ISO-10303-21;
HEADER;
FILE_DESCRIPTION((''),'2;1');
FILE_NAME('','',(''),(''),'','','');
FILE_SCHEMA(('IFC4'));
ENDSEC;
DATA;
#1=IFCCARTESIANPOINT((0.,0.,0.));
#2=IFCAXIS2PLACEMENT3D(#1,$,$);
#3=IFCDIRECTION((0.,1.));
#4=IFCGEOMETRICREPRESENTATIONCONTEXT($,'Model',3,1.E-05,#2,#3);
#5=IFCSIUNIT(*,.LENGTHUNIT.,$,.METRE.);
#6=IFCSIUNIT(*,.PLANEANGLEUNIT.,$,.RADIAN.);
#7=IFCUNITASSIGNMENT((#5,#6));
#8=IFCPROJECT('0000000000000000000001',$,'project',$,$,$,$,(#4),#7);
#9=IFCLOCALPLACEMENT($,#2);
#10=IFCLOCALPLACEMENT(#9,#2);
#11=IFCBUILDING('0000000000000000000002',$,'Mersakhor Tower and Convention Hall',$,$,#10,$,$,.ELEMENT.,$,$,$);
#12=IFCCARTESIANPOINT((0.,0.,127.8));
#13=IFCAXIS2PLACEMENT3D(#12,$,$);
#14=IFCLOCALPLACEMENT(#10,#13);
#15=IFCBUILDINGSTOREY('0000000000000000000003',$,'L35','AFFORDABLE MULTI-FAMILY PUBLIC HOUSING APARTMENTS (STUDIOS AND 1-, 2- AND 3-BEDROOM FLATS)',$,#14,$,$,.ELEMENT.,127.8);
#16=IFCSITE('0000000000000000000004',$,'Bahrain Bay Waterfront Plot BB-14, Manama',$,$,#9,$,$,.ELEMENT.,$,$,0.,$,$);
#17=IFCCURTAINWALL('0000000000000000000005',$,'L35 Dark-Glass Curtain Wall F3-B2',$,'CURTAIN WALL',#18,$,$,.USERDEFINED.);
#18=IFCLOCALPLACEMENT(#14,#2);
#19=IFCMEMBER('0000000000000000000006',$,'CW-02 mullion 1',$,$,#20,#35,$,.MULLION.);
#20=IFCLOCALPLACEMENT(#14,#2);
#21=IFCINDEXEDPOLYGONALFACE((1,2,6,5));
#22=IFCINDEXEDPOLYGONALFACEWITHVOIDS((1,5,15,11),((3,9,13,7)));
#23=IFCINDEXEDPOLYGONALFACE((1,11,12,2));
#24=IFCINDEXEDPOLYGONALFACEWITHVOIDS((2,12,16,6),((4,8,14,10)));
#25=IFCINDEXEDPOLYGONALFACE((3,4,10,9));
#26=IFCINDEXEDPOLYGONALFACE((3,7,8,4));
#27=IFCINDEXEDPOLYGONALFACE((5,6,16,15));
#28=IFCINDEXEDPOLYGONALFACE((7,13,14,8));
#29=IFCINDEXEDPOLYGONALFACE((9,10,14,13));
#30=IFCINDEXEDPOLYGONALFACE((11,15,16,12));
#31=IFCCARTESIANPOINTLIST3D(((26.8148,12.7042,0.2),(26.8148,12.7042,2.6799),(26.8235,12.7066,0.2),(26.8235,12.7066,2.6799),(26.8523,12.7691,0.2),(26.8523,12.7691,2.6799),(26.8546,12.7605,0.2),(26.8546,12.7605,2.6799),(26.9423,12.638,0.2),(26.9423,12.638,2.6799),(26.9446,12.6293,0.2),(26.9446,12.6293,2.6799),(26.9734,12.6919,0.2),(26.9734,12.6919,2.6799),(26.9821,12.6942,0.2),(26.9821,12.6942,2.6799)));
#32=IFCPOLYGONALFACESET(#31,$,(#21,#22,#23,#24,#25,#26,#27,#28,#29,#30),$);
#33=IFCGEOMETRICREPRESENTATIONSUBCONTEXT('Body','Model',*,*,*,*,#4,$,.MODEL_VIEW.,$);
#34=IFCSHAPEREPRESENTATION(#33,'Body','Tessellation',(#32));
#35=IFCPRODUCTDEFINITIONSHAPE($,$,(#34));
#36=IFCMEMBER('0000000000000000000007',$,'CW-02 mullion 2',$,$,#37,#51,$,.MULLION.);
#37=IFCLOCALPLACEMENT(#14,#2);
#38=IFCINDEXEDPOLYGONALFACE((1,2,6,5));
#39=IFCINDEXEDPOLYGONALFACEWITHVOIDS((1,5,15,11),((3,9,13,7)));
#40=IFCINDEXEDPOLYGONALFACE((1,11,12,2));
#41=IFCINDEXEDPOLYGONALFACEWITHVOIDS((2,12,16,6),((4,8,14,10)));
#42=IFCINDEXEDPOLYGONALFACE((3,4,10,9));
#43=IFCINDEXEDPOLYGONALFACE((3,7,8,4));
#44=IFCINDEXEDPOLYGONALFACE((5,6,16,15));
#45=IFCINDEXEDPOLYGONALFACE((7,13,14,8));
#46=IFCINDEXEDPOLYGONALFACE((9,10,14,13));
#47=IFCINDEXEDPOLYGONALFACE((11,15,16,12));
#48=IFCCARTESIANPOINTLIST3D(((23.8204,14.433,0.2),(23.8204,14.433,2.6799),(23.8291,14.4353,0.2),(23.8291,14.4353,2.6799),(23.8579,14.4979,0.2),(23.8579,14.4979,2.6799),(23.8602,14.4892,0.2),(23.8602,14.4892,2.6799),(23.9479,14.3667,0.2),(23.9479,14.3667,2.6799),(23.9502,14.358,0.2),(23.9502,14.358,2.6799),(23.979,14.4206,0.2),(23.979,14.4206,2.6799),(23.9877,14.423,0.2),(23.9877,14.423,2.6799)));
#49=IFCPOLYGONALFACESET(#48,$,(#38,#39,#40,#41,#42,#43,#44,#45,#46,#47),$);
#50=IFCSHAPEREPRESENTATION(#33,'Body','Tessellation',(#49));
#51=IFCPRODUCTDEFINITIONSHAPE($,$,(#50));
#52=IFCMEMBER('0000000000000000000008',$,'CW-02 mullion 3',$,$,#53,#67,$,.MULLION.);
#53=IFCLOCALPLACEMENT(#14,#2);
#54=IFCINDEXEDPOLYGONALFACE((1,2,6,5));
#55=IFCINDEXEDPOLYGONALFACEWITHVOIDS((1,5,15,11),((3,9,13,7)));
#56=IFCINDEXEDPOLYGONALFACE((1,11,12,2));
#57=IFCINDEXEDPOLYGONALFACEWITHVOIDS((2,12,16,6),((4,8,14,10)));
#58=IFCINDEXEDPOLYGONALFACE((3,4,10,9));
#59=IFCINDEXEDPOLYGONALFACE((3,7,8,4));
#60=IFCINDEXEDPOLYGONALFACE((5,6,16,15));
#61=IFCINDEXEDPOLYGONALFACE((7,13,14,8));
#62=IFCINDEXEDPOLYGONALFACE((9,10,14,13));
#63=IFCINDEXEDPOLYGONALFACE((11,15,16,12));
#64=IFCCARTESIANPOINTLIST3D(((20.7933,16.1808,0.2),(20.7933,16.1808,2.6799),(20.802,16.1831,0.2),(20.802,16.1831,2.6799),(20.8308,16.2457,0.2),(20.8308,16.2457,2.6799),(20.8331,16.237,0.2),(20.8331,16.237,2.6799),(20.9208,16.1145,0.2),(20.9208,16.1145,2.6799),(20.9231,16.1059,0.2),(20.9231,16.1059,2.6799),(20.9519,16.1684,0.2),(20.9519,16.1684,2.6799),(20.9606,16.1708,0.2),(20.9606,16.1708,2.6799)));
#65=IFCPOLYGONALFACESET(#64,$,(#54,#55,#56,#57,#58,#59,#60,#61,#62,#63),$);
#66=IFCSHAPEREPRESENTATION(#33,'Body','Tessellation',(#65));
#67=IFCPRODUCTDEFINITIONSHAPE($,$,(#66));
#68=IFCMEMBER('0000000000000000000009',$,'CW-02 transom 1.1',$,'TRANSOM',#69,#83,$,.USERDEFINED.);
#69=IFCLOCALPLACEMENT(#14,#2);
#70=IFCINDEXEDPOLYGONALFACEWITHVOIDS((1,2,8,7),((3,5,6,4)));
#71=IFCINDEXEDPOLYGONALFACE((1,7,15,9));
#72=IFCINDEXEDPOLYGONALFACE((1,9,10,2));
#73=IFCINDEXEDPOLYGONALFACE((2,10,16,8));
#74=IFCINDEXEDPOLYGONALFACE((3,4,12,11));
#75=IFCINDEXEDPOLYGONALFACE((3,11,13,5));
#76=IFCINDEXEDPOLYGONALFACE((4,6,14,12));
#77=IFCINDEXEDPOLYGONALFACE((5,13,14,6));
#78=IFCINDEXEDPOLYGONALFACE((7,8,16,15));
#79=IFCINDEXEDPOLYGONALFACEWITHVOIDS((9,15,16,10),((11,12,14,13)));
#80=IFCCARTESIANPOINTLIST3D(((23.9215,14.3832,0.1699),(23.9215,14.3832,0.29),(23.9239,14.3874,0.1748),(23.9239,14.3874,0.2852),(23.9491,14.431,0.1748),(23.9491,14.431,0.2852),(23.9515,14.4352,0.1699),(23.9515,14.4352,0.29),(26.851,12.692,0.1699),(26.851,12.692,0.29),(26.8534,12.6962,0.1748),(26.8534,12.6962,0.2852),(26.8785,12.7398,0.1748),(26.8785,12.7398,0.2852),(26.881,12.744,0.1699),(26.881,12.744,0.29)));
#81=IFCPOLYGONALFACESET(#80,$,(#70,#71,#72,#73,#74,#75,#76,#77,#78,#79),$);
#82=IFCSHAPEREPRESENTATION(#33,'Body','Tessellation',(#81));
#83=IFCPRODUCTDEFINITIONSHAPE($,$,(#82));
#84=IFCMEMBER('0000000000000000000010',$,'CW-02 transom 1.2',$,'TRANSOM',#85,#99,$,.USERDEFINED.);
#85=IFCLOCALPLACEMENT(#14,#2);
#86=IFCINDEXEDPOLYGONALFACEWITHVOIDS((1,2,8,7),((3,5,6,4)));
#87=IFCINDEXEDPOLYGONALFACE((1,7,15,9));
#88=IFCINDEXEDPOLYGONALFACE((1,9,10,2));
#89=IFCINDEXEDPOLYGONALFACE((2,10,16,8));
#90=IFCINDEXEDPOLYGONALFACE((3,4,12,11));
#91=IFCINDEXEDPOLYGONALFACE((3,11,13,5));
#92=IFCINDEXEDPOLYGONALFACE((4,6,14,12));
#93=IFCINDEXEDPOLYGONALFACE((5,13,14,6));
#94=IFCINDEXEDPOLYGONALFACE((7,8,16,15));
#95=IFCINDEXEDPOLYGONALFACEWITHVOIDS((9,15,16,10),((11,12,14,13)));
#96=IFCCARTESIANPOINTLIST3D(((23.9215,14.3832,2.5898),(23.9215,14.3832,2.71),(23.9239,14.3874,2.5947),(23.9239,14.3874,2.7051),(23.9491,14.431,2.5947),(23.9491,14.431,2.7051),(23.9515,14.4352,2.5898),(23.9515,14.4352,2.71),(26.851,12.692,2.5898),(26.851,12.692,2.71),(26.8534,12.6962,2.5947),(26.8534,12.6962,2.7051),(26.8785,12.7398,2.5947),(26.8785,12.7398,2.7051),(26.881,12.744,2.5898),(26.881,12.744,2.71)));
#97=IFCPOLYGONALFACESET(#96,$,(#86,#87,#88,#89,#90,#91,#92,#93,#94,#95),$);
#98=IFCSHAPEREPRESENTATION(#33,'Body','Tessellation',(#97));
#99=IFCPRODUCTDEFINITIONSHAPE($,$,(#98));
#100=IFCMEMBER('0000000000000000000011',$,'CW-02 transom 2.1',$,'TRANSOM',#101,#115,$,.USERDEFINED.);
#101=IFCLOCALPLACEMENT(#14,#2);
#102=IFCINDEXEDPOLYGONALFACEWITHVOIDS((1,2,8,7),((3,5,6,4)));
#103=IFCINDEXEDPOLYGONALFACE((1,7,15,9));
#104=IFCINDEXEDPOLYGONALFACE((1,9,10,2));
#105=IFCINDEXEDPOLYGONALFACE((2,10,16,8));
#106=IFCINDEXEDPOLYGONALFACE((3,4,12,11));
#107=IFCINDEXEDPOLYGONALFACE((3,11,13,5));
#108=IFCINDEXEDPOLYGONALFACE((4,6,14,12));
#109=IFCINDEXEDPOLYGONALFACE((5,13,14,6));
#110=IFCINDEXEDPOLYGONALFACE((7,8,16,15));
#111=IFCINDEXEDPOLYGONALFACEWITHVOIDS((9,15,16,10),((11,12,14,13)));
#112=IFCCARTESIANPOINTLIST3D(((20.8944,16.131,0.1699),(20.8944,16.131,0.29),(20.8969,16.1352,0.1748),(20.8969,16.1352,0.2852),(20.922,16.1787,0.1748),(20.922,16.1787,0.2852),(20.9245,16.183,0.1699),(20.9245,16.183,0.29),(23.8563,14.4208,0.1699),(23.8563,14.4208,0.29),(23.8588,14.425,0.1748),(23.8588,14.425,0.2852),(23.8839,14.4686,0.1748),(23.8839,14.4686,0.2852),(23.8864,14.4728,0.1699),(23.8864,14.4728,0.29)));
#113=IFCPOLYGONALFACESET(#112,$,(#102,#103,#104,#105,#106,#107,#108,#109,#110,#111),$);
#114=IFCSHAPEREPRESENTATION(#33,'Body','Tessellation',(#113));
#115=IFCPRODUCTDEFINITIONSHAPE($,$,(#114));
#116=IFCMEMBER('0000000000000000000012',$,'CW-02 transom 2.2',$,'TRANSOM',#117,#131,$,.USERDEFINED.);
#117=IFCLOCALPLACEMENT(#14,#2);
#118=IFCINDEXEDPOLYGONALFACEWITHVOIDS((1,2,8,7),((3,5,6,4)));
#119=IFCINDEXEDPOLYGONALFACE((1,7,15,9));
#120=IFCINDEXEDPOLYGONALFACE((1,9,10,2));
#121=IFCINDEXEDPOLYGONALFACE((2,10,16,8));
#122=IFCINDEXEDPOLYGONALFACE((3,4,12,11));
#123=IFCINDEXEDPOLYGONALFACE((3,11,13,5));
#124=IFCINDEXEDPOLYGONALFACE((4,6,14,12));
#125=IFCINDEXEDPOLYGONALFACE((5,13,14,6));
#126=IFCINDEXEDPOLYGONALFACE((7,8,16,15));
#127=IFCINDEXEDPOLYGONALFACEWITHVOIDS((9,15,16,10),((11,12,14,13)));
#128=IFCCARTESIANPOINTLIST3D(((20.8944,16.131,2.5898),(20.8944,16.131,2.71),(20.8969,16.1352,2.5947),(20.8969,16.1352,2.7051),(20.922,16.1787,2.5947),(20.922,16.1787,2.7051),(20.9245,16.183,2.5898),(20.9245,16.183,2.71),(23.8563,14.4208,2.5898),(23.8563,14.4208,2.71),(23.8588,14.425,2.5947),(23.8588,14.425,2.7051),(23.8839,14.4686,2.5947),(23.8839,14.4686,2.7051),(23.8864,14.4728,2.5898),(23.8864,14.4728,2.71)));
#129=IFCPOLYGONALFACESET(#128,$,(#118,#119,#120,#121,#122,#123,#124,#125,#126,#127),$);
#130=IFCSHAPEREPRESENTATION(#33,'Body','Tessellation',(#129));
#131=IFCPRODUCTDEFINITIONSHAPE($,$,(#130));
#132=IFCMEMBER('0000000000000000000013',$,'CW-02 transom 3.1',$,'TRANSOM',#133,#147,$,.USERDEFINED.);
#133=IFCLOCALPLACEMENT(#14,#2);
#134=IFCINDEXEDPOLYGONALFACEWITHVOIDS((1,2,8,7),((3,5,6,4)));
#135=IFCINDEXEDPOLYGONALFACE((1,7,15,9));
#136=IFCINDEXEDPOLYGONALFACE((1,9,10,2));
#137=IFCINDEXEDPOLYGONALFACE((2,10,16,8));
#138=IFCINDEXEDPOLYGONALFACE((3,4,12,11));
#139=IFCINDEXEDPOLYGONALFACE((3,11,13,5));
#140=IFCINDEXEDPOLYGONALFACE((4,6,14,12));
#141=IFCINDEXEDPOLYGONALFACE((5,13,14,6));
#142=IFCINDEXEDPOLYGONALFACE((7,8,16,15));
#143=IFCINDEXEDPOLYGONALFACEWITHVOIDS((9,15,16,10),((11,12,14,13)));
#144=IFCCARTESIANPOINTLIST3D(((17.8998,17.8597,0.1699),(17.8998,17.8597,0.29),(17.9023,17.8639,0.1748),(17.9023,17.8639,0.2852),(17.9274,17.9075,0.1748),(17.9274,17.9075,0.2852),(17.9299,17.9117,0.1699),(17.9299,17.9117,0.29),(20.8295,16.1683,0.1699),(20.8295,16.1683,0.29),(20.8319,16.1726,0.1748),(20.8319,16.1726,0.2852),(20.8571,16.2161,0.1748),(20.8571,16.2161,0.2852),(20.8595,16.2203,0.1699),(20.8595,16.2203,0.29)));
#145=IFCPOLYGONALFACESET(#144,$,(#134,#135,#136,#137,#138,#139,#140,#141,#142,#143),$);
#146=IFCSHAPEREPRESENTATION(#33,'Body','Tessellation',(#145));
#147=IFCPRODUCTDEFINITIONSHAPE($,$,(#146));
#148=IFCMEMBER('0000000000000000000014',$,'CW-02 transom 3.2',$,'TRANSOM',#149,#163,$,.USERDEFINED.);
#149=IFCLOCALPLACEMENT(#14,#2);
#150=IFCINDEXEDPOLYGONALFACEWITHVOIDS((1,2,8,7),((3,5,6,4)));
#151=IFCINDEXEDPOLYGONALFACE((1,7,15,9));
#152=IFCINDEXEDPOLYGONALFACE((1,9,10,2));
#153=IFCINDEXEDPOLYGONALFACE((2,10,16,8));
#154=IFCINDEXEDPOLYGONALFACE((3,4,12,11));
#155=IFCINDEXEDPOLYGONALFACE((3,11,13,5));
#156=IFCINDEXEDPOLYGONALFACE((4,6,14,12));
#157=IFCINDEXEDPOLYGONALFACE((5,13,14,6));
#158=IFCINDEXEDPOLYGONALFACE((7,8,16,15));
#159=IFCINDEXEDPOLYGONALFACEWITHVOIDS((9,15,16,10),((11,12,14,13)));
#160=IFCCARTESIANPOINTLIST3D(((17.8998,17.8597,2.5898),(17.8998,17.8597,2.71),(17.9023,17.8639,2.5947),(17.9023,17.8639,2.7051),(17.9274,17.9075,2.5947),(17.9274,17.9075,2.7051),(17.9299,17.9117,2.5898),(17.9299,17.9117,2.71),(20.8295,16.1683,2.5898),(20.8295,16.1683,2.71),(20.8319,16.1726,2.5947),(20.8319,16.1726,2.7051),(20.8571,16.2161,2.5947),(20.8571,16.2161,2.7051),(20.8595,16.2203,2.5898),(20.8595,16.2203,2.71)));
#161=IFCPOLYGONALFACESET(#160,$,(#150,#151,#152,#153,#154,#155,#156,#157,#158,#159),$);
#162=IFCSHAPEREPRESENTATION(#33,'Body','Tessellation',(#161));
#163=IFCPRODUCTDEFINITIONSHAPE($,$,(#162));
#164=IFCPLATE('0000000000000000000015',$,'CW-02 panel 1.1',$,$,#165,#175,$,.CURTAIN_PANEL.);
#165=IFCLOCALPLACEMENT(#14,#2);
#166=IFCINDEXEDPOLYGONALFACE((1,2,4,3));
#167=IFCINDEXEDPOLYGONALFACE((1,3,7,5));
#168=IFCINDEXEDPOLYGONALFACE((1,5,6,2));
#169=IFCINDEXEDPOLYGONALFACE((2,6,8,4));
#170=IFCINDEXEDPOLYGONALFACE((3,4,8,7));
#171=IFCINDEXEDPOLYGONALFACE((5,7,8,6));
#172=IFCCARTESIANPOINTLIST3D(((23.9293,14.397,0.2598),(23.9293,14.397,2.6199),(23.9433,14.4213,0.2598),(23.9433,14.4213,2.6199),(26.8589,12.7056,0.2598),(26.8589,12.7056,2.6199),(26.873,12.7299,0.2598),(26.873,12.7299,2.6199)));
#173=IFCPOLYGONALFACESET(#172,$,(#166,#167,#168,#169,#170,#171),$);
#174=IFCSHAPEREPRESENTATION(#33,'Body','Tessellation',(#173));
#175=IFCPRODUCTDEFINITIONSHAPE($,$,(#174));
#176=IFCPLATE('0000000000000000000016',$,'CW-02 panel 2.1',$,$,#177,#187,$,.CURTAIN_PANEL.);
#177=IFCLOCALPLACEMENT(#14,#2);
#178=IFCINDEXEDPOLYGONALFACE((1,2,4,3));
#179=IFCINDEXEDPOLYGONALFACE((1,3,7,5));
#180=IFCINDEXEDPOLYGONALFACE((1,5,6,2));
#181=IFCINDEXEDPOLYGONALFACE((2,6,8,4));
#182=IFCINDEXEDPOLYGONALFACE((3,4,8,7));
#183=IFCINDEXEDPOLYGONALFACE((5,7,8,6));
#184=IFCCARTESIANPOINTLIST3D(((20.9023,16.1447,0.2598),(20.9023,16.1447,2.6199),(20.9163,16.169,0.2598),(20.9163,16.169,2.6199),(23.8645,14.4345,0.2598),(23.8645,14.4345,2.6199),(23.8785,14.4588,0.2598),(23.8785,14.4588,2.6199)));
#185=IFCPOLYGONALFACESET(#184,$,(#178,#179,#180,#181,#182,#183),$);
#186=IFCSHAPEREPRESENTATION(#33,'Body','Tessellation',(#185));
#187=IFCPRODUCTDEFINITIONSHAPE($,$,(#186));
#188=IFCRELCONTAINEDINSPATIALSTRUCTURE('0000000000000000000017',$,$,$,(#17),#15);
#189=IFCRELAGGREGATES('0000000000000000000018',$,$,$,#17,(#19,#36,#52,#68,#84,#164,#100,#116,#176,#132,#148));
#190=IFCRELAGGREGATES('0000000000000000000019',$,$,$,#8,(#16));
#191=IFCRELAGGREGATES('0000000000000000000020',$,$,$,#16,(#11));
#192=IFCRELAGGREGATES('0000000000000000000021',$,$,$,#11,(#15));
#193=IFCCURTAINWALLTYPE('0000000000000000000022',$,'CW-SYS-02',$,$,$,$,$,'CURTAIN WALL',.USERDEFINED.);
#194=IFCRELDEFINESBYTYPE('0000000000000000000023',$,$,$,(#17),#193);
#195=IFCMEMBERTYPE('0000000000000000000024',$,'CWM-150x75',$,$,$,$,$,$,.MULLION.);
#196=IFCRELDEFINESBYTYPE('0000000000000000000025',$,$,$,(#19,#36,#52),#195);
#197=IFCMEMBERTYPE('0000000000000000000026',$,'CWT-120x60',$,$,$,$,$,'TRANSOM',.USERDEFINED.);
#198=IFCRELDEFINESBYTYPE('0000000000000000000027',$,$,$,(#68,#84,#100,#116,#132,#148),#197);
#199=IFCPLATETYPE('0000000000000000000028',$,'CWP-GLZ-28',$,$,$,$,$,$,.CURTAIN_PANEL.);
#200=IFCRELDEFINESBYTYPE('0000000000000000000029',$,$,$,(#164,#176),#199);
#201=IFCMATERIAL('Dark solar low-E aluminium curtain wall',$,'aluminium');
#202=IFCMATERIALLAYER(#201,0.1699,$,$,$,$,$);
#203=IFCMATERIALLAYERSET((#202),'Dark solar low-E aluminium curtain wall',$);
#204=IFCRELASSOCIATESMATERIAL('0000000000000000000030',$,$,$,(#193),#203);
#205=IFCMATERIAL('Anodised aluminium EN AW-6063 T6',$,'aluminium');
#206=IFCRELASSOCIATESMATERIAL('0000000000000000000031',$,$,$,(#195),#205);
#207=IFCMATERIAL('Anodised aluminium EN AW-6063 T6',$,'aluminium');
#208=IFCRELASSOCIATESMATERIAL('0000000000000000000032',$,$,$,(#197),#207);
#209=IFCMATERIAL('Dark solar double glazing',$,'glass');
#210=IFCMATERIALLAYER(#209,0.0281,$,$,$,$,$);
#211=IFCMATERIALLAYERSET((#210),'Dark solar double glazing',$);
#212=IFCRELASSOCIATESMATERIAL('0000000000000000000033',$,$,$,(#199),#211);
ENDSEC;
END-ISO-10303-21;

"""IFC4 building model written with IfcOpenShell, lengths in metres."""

from ifc_helpers import new_model, si_unit, direction, frame, origin, origin_2d, place, context, subcontext, project, spatial, rectangle, hollow_rectangle, extrude, material, layer, layer_set, material_profile, profile_set, type_object, element, aggregate, save


model = new_model("IFC4")

# Units and contexts
model_context = context("Model", 3, precision=1e-05, world=origin(), true_north=direction((0.0, 1.0)))
body_context = subcontext(model_context, "Body", "Model", "MODEL_VIEW")
ifc_project = project(units=[si_unit("LENGTHUNIT", "METRE"), si_unit("PLANEANGLEUNIT", "RADIAN")], contexts=[model_context])

# Site, building, storey
site_placement = place(None, origin())
site = spatial("IfcSite", under=ifc_project, at=site_placement, Name="Bahrain Bay Waterfront Plot BB-14, Manama", CompositionType="ELEMENT", RefElevation=0.0)
building_placement = place(site_placement, origin())
building = spatial("IfcBuilding", under=site, at=building_placement, Name="Mersakhor Tower and Convention Hall", CompositionType="ELEMENT")
storey_placement = place(building_placement, frame((0.0, 0.0, 127.8)))
storey = spatial("IfcBuildingStorey", under=building, at=storey_placement, Name="L35", Description="AFFORDABLE MULTI-FAMILY PUBLIC HOUSING APARTMENTS (STUDIOS AND 1-, 2- AND 3-BEDROOM FLATS)", CompositionType="ELEMENT", Elevation=127.8)

# Curtain wall, members, plates
ifc_material_1 = material(Name="Dark solar low-E aluminium curtain wall", Category="aluminium")
ifc_layer_1 = layer(ifc_material_1, 0.1699)
ifc_layer_set_1 = layer_set([ifc_layer_1], Name="Dark solar low-E aluminium curtain wall")
curtain_wall_type = type_object("IfcCurtainWallType", Name="CW-SYS-02", ElementType="CURTAIN WALL", PredefinedType="USERDEFINED", material=ifc_layer_set_1)
curtain_wall_placement = place(storey_placement, origin())
curtain_wall = element("IfcCurtainWall", 1, at=curtain_wall_placement, inside=storey, type_object=curtain_wall_type, Name="L35 Dark-Glass Curtain Wall F3-B2", ObjectType="CURTAIN WALL", PredefinedType="USERDEFINED")
ifc_material_2 = material(Name="Anodised aluminium EN AW-6063 T6", Category="aluminium")
ifc_material_profile_1 = material_profile(ifc_material_2, hollow_rectangle(XDim=0.075, YDim=0.1499, WallThickness=0.0063, at=origin_2d()), Name="RHS 150x75x6.3")
ifc_profile_set_1 = profile_set([ifc_material_profile_1], Name="Anodised aluminium EN AW-6063 T6")
member_type_1 = type_object("IfcMemberType", Name="CWM-150x75", PredefinedType="MULLION", material=ifc_profile_set_1)
member_1_placement = place(storey_placement, frame((26.8984, 12.6992, 0.2), z_axis=(0.0, 0.0, 1.0), x_axis=(-0.49999, -0.866031, 0.0)))
member_1 = element("IfcMember", 2, at=member_1_placement, type_object=member_type_1, Name="CW-02 mullion 1", PredefinedType="MULLION", context=body_context, shape_type="SweptSolid", body=[
    extrude(hollow_rectangle(XDim=0.075, YDim=0.1499, WallThickness=0.0063, at=origin_2d()), origin(), (0.0, 0.0, 1.0), 2.48),
])
member_2_placement = place(storey_placement, frame((23.9041, 14.428, 0.2), z_axis=(0.0, 0.0, 1.0), x_axis=(-0.49999, -0.866031, 0.0)))
member_2 = element("IfcMember", 3, at=member_2_placement, type_object=member_type_1, Name="CW-02 mullion 2", PredefinedType="MULLION", context=body_context, shape_type="SweptSolid", body=[
    extrude(hollow_rectangle(XDim=0.075, YDim=0.1499, WallThickness=0.0063, at=origin_2d()), origin(), (0.0, 0.0, 1.0), 2.48),
])
member_3_placement = place(storey_placement, frame((20.877, 16.1758, 0.2), z_axis=(0.0, 0.0, 1.0), x_axis=(-0.49999, -0.866031, 0.0)))
member_3 = element("IfcMember", 4, at=member_3_placement, type_object=member_type_1, Name="CW-02 mullion 3", PredefinedType="MULLION", context=body_context, shape_type="SweptSolid", body=[
    extrude(hollow_rectangle(XDim=0.075, YDim=0.1499, WallThickness=0.0063, at=origin_2d()), origin(), (0.0, 0.0, 1.0), 2.48),
])
ifc_material_3 = material(Name="Anodised aluminium EN AW-6063 T6", Category="aluminium")
ifc_material_profile_2 = material_profile(ifc_material_3, hollow_rectangle(XDim=0.0601, YDim=0.1201, WallThickness=0.0049, at=origin_2d()), Name="RHS 120x60x5")
ifc_profile_set_2 = profile_set([ifc_material_profile_2], Name="Anodised aluminium EN AW-6063 T6")
member_type_2 = type_object("IfcMemberType", Name="CWT-120x60", ElementType="TRANSOM", PredefinedType="USERDEFINED", material=ifc_profile_set_2)
member_4_placement = place(storey_placement, frame((26.866, 12.718, 0.23), z_axis=(-0.866045, 0.499966, 0.0), x_axis=(-0.499966, -0.866045, 0.0)))
member_4 = element("IfcMember", 5, at=member_4_placement, type_object=member_type_2, Name="CW-02 transom 1.1", ObjectType="TRANSOM", PredefinedType="USERDEFINED", context=body_context, shape_type="SweptSolid", body=[
    extrude(hollow_rectangle(XDim=0.0601, YDim=0.1201, WallThickness=0.0049, at=origin_2d()), origin(), (0.0, 0.0, 1.0), 3.3826),
])
member_5_placement = place(storey_placement, frame((26.866, 12.718, 2.6499), z_axis=(-0.866045, 0.499966, 0.0), x_axis=(-0.499966, -0.866045, 0.0)))
member_5 = element("IfcMember", 6, at=member_5_placement, type_object=member_type_2, Name="CW-02 transom 1.2", ObjectType="TRANSOM", PredefinedType="USERDEFINED", context=body_context, shape_type="SweptSolid", body=[
    extrude(hollow_rectangle(XDim=0.0601, YDim=0.1201, WallThickness=0.0049, at=origin_2d()), origin(), (0.0, 0.0, 1.0), 3.3826),
])
member_6_placement = place(storey_placement, frame((23.8713, 14.4468, 0.23), z_axis=(-0.866007, 0.500031, 0.0), x_axis=(-0.500031, -0.866007, 0.0)))
member_6 = element("IfcMember", 7, at=member_6_placement, type_object=member_type_2, Name="CW-02 transom 2.1", ObjectType="TRANSOM", PredefinedType="USERDEFINED", context=body_context, shape_type="SweptSolid", body=[
    extrude(hollow_rectangle(XDim=0.0601, YDim=0.1201, WallThickness=0.0049, at=origin_2d()), origin(), (0.0, 0.0, 1.0), 3.4202),
])
member_7_placement = place(storey_placement, frame((23.8713, 14.4468, 2.6499), z_axis=(-0.866007, 0.500031, 0.0), x_axis=(-0.500031, -0.866007, 0.0)))
member_7 = element("IfcMember", 8, at=member_7_placement, type_object=member_type_2, Name="CW-02 transom 2.2", ObjectType="TRANSOM", PredefinedType="USERDEFINED", context=body_context, shape_type="SweptSolid", body=[
    extrude(hollow_rectangle(XDim=0.0601, YDim=0.1201, WallThickness=0.0049, at=origin_2d()), origin(), (0.0, 0.0, 1.0), 3.4202),
])
member_8_placement = place(storey_placement, frame((20.8445, 16.1943, 0.23), z_axis=(-0.866032, 0.499989, 0.0), x_axis=(-0.499989, -0.866032, 0.0)))
member_8 = element("IfcMember", 9, at=member_8_placement, type_object=member_type_2, Name="CW-02 transom 3.1", ObjectType="TRANSOM", PredefinedType="USERDEFINED", context=body_context, shape_type="SweptSolid", body=[
    extrude(hollow_rectangle(XDim=0.0601, YDim=0.1201, WallThickness=0.0049, at=origin_2d()), origin(), (0.0, 0.0, 1.0), 3.3828),
])
member_9_placement = place(storey_placement, frame((20.8445, 16.1943, 2.6499), z_axis=(-0.866032, 0.499989, 0.0), x_axis=(-0.499989, -0.866032, 0.0)))
member_9 = element("IfcMember", 10, at=member_9_placement, type_object=member_type_2, Name="CW-02 transom 3.2", ObjectType="TRANSOM", PredefinedType="USERDEFINED", context=body_context, shape_type="SweptSolid", body=[
    extrude(hollow_rectangle(XDim=0.0601, YDim=0.1201, WallThickness=0.0049, at=origin_2d()), origin(), (0.0, 0.0, 1.0), 3.3828),
])
ifc_material_4 = material(Name="Dark solar double glazing", Category="glass")
ifc_layer_2 = layer(ifc_material_4, 0.0281)
ifc_layer_set_2 = layer_set([ifc_layer_2], Name="Dark solar double glazing")
plate_type_1 = type_object("IfcPlateType", Name="CWP-GLZ-28", PredefinedType="CURTAIN_PANEL", material=ifc_layer_set_2)
plate_1_placement = place(storey_placement, frame((25.4011, 13.5635, 0.2598), z_axis=(0.0, 0.0, 1.0), x_axis=(-0.866031, 0.49999, 0.0)))
plate_1 = element("IfcPlate", 11, at=plate_1_placement, type_object=plate_type_1, Name="CW-02 panel 1.1", PredefinedType="CURTAIN_PANEL", context=body_context, shape_type="SweptSolid", body=[
    extrude(rectangle(XDim=3.3828, YDim=0.0281, at=origin_2d()), origin(), (0.0, 0.0, 1.0), 2.3601),
])
plate_2_placement = place(storey_placement, frame((22.3904, 15.3018, 0.2598), z_axis=(0.0, 0.0, 1.0), x_axis=(-0.866031, 0.49999, 0.0)))
plate_2 = element("IfcPlate", 12, at=plate_2_placement, type_object=plate_type_1, Name="CW-02 panel 2.1", PredefinedType="CURTAIN_PANEL", context=body_context, shape_type="SweptSolid", body=[
    extrude(rectangle(XDim=3.4204, YDim=0.0281, at=origin_2d()), origin(), (0.0, 0.0, 1.0), 2.3601),
])
aggregate(curtain_wall, [member_1, member_2, member_3, member_4, member_5, plate_1, member_6, member_7, plate_2, member_8, member_9])

save(model, "model.ifc")
